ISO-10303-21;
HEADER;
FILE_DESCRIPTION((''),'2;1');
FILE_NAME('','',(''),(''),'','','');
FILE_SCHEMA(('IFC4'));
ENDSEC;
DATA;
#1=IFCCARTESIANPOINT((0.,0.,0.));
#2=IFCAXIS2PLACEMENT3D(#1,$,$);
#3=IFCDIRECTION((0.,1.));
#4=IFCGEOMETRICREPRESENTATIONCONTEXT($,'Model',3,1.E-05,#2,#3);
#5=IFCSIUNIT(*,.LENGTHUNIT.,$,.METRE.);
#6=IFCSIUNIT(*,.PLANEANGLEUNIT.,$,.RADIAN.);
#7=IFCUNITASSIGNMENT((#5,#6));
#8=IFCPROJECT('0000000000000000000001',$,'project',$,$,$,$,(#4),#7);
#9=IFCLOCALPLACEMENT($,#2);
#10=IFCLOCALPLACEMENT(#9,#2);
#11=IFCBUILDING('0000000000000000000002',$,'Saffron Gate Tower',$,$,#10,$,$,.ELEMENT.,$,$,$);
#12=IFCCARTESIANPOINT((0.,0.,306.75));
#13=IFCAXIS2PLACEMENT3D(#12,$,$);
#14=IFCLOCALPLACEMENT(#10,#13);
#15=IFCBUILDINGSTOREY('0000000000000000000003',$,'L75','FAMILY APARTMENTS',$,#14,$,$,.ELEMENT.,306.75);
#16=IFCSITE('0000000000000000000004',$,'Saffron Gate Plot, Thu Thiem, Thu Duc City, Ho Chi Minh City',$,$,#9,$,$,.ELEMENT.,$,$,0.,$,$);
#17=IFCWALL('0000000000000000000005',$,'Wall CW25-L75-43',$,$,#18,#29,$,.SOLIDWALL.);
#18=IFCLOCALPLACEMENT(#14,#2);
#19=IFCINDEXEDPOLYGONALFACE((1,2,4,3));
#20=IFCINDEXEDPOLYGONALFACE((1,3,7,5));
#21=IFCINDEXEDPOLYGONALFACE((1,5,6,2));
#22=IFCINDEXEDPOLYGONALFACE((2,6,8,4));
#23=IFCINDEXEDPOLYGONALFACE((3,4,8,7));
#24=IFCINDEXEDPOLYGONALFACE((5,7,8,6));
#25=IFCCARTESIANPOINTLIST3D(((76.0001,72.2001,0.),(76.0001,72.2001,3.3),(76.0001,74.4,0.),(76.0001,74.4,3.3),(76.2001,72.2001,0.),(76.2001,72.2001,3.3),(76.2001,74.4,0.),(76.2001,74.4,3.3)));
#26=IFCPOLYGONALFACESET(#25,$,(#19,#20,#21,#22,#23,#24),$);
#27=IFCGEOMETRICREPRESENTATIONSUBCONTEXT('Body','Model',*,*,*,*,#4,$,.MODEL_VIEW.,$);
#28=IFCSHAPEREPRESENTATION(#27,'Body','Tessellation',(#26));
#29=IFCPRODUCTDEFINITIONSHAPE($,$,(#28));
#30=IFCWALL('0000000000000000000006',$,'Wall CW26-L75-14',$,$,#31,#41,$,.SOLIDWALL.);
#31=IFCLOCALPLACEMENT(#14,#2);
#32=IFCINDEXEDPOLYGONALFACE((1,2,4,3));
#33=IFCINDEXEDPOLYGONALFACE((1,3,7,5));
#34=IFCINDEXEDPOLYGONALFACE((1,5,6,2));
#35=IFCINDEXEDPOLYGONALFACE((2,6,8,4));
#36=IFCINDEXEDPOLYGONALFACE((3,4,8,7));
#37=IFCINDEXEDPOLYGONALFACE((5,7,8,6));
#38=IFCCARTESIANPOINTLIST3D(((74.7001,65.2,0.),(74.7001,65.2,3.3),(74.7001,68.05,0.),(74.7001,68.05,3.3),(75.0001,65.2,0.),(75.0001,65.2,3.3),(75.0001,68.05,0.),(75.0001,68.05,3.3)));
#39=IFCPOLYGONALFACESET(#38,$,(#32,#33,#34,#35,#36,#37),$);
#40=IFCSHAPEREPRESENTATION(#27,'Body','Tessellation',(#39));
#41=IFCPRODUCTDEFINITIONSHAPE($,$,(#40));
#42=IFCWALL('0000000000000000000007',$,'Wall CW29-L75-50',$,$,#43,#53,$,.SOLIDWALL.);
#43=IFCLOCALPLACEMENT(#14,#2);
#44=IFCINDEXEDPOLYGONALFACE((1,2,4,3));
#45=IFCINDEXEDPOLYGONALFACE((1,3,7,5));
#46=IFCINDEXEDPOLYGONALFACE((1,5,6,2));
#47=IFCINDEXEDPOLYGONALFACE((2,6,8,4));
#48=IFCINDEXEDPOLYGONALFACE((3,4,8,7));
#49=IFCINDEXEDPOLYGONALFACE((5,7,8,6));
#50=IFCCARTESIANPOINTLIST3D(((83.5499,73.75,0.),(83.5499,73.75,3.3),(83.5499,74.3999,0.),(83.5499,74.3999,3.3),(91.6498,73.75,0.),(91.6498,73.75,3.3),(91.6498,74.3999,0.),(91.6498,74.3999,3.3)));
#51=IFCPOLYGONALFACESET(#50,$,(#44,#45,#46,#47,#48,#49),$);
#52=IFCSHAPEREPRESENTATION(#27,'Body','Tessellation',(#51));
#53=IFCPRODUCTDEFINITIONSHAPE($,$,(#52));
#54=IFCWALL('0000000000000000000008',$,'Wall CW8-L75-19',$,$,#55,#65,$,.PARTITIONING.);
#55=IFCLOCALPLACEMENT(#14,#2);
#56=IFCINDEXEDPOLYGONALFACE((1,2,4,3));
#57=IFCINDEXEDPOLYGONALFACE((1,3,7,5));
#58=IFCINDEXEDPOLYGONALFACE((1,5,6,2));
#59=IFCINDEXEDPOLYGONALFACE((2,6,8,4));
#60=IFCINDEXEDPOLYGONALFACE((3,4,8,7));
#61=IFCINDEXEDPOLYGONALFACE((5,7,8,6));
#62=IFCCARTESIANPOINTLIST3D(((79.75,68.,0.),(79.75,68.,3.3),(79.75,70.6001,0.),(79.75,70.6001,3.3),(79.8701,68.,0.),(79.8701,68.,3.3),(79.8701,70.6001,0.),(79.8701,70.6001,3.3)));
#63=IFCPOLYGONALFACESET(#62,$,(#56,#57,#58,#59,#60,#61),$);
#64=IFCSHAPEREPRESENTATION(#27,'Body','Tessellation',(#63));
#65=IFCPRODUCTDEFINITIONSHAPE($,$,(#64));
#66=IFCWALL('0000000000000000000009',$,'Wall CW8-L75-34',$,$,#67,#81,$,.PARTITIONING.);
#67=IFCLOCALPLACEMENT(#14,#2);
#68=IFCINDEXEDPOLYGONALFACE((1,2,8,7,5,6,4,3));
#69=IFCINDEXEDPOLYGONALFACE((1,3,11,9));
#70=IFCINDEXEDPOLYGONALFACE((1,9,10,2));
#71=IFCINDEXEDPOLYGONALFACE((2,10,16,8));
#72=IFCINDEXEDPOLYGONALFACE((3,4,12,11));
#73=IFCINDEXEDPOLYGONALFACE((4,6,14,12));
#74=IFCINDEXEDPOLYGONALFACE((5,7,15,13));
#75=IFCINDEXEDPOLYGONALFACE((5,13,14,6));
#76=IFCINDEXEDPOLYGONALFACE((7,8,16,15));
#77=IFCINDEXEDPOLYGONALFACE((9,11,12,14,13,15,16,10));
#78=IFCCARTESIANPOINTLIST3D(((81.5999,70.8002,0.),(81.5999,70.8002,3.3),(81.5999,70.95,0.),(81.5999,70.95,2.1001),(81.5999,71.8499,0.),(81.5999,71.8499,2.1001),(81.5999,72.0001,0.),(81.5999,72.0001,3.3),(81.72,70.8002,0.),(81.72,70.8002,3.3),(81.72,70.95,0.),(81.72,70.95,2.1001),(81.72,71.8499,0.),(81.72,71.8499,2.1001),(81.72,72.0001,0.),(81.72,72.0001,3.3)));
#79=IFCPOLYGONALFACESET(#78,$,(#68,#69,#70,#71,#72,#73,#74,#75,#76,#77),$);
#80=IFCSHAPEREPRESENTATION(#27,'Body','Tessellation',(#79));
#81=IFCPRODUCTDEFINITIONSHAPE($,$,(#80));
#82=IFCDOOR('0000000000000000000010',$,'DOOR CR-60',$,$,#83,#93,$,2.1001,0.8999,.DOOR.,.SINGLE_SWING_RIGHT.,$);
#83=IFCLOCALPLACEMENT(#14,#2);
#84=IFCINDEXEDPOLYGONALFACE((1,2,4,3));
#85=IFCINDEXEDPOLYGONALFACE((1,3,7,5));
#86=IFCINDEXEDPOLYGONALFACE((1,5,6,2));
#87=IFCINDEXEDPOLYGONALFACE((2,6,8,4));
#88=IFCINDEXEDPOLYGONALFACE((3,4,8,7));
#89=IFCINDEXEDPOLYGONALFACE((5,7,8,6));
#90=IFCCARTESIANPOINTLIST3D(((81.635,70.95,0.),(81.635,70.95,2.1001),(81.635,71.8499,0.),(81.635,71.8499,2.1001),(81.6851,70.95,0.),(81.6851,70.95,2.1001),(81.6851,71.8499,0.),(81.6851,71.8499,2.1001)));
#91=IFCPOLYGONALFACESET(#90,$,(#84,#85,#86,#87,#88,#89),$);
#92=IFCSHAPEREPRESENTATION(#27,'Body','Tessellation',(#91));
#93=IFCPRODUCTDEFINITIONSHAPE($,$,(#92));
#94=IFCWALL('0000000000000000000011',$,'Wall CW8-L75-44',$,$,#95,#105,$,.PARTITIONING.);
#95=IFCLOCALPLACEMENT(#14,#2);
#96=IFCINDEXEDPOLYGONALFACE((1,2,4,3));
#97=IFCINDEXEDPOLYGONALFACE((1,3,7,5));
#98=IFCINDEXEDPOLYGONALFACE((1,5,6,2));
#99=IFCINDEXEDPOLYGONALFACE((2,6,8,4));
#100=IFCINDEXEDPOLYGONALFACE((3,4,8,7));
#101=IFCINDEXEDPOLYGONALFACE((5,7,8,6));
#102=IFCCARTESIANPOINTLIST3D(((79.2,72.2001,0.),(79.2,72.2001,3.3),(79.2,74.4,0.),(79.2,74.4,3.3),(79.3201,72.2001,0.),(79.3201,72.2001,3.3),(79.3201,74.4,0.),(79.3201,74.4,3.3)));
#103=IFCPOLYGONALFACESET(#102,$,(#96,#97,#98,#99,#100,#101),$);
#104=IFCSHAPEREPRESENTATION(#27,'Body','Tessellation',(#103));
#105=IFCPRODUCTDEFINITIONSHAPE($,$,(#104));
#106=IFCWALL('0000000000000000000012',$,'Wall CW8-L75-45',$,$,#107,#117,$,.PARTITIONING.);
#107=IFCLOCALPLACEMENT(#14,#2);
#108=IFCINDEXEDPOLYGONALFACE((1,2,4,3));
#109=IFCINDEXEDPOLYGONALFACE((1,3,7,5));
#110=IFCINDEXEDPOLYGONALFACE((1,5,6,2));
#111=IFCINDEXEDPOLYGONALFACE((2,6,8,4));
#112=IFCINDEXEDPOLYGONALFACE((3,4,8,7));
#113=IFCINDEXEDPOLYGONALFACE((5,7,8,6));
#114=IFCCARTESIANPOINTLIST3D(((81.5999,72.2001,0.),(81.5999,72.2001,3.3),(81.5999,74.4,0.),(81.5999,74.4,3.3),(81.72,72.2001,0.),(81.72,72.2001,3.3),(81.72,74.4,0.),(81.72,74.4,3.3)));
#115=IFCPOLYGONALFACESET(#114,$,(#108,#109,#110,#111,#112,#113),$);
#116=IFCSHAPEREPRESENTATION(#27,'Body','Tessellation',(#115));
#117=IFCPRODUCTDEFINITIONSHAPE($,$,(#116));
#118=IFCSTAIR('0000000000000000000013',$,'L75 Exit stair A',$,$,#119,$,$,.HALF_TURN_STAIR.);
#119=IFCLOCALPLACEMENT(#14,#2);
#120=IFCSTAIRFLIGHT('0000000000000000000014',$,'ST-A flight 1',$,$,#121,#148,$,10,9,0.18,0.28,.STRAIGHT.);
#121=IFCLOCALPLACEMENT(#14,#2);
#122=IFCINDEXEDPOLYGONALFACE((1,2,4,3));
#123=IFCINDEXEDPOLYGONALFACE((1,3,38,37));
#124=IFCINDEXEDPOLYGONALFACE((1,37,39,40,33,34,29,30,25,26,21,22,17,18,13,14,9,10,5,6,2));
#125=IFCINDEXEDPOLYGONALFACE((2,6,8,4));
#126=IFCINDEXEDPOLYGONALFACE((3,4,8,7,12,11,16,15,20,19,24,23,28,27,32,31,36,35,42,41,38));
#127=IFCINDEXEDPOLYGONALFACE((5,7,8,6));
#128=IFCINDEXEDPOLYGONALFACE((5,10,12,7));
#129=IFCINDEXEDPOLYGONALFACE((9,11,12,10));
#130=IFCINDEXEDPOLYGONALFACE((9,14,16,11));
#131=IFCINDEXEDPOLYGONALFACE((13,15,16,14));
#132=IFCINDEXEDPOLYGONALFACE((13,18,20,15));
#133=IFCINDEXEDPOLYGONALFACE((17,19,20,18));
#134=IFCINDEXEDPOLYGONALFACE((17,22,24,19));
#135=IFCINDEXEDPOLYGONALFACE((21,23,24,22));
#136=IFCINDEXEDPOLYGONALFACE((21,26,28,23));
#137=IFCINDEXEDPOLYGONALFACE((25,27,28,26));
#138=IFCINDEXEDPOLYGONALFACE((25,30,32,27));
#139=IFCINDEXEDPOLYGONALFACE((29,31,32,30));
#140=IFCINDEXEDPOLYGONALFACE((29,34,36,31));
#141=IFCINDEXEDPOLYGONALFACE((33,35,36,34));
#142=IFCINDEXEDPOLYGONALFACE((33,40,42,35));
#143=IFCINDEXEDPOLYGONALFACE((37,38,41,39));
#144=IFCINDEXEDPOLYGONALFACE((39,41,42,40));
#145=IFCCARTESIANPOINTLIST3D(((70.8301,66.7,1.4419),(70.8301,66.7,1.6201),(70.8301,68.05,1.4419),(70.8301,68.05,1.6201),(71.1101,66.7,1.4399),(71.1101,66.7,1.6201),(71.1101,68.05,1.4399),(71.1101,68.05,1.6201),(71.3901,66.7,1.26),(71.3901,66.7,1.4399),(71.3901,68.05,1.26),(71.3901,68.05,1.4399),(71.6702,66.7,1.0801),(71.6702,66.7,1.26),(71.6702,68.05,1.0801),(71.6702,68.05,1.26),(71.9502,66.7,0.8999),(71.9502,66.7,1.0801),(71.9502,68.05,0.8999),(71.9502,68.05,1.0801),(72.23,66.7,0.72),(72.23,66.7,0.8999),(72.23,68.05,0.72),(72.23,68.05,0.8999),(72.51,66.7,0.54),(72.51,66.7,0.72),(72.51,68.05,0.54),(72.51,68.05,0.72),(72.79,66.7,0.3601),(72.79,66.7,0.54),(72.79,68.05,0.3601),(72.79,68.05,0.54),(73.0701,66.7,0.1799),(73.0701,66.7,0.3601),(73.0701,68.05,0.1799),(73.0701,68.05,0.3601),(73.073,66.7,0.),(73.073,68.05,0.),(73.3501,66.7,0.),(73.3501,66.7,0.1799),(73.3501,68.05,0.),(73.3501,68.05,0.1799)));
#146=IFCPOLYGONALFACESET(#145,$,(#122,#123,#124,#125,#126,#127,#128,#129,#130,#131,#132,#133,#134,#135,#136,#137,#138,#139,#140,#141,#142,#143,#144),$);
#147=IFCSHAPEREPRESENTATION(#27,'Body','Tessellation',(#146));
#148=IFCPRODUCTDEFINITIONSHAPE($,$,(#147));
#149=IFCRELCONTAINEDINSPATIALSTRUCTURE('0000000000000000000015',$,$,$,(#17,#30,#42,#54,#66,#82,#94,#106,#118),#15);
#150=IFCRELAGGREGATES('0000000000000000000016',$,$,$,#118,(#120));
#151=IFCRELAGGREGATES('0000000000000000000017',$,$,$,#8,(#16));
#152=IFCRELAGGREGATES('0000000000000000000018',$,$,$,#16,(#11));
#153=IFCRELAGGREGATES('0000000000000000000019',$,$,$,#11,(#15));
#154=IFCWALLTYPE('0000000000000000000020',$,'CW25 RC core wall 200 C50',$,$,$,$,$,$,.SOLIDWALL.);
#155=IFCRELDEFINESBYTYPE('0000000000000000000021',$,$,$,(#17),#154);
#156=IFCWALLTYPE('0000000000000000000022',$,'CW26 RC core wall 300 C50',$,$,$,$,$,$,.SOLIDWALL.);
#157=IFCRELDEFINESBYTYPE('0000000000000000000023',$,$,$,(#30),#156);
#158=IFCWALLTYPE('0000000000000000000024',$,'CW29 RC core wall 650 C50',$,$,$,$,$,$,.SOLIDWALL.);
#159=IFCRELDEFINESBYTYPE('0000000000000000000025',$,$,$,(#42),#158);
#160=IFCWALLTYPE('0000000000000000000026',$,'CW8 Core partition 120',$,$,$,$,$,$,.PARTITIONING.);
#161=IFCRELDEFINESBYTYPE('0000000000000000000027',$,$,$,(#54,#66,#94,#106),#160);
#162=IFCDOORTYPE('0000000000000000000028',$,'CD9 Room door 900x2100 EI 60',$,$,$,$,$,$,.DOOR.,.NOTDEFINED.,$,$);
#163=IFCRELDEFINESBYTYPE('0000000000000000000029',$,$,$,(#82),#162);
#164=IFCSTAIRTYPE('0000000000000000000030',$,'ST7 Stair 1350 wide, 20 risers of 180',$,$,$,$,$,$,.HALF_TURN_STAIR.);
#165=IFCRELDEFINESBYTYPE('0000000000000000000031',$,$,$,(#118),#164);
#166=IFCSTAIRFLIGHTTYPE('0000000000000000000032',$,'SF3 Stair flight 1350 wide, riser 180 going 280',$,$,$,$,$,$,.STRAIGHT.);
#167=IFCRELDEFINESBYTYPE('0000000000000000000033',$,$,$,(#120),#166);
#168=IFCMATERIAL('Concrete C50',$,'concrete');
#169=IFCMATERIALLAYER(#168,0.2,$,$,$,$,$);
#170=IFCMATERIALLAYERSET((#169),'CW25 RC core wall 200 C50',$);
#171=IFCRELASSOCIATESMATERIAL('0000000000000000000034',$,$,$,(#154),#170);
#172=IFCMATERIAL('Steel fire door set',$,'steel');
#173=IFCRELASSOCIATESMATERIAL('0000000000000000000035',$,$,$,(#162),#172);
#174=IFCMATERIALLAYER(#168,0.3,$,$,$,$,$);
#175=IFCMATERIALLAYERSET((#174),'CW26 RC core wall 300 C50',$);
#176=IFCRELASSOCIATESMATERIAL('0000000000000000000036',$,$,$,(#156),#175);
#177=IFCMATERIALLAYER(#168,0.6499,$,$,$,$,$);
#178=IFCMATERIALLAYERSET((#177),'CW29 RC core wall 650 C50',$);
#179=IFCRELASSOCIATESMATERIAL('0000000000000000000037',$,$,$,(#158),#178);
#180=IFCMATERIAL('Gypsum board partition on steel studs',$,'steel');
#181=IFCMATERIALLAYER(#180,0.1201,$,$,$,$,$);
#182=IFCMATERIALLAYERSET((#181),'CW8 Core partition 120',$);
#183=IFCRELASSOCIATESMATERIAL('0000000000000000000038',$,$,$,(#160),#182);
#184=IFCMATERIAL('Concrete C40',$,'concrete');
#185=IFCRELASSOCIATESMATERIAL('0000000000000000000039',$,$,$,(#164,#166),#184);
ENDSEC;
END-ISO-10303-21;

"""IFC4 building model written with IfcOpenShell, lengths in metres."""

from ifc_helpers import new_model, si_unit, direction, frame, frame_2d, origin, place, context, subcontext, project, spatial, polyline, rectangle, outline, extrude, material, layer, layer_set, type_object, element, fill, aggregate, save


model = new_model("IFC4")

# Units and contexts
model_context = context("Model", 3, precision=1e-05, world=origin(), true_north=direction((0.0, 1.0)))
body_context = subcontext(model_context, "Body", "Model", "MODEL_VIEW")
ifc_project = project(units=[si_unit("LENGTHUNIT", "METRE"), si_unit("PLANEANGLEUNIT", "RADIAN")], contexts=[model_context])

# Site, building, storey
site_placement = place(None, origin())
site = spatial("IfcSite", under=ifc_project, at=site_placement, Name="Saffron Gate Plot, Thu Thiem, Thu Duc City, Ho Chi Minh City", CompositionType="ELEMENT", RefElevation=0.0)
building_placement = place(site_placement, origin())
building = spatial("IfcBuilding", under=site, at=building_placement, Name="Saffron Gate Tower", CompositionType="ELEMENT")
storey_placement = place(building_placement, frame((0.0, 0.0, 306.75)))
storey = spatial("IfcBuildingStorey", under=building, at=storey_placement, Name="L75", Description="FAMILY APARTMENTS", CompositionType="ELEMENT", Elevation=306.75)

# Shared definitions
ifc_material_1 = material(Name="Concrete C50", Category="concrete")

# Shared definitions
ifc_layer_1 = layer(ifc_material_1, 0.2)
ifc_layer_set_1 = layer_set([ifc_layer_1], Name="CW25 RC core wall 200 C50")
wall_type_1 = type_object("IfcWallType", Name="CW25 RC core wall 200 C50", PredefinedType="SOLIDWALL", material=ifc_layer_set_1)
ifc_material_2 = material(Name="Steel fire door set", Category="steel")
door_type_1 = type_object("IfcDoorType", Name="CD9 Room door 900x2100 EI 60", OperationType="NOTDEFINED", PredefinedType="DOOR", material=ifc_material_2)

# Walls
wall_1_placement = place(storey_placement, frame((76.1001, 72.2, 0.0), z_axis=(0.0, 0.0, 1.0), x_axis=(0.0, 1.0, 0.0)))
element("IfcWall", 1, at=wall_1_placement, inside=storey, type_object=wall_type_1, Name="Wall CW25-L75-43", PredefinedType="SOLIDWALL", context=body_context, shape_type="SweptSolid", body=[
    extrude(rectangle(XDim=2.2, YDim=0.2, at=frame_2d((1.1001, 0.0))), origin(), (0.0, 0.0, 1.0), 3.3),
])
ifc_layer_2 = layer(ifc_material_1, 0.3)
ifc_layer_set_2 = layer_set([ifc_layer_2], Name="CW26 RC core wall 300 C50")
wall_type_2 = type_object("IfcWallType", Name="CW26 RC core wall 300 C50", PredefinedType="SOLIDWALL", material=ifc_layer_set_2)
wall_2_placement = place(storey_placement, frame((74.8501, 65.2, 0.0), z_axis=(0.0, 0.0, 1.0), x_axis=(0.0, 1.0, 0.0)))
element("IfcWall", 2, at=wall_2_placement, inside=storey, type_object=wall_type_2, Name="Wall CW26-L75-14", PredefinedType="SOLIDWALL", context=body_context, shape_type="SweptSolid", body=[
    extrude(rectangle(XDim=2.8501, YDim=0.3, at=frame_2d((1.425, 0.0))), origin(), (0.0, 0.0, 1.0), 3.3),
])
ifc_layer_3 = layer(ifc_material_1, 0.6499)
ifc_layer_set_3 = layer_set([ifc_layer_3], Name="CW29 RC core wall 650 C50")
wall_type_3 = type_object("IfcWallType", Name="CW29 RC core wall 650 C50", PredefinedType="SOLIDWALL", material=ifc_layer_set_3)
wall_3_placement = place(storey_placement, frame((83.55, 74.075, 0.0), z_axis=(0.0, 0.0, 1.0), x_axis=(1.0, 0.0, 0.0)))
element("IfcWall", 3, at=wall_3_placement, inside=storey, type_object=wall_type_3, Name="Wall CW29-L75-50", PredefinedType="SOLIDWALL", context=body_context, shape_type="SweptSolid", body=[
    extrude(rectangle(XDim=8.0999, YDim=0.6499, at=frame_2d((4.0498, 0.0))), origin(), (0.0, 0.0, 1.0), 3.3),
])
ifc_material_3 = material(Name="Gypsum board partition on steel studs", Category="steel")
ifc_layer_4 = layer(ifc_material_3, 0.1201)
ifc_layer_set_4 = layer_set([ifc_layer_4], Name="CW8 Core partition 120")
wall_type_4 = type_object("IfcWallType", Name="CW8 Core partition 120", PredefinedType="PARTITIONING", material=ifc_layer_set_4)
wall_4_placement = place(storey_placement, frame((79.8101, 68.0, 0.0), z_axis=(0.0, 0.0, 1.0), x_axis=(0.0, 1.0, 0.0)))
element("IfcWall", 4, at=wall_4_placement, inside=storey, type_object=wall_type_4, Name="Wall CW8-L75-19", PredefinedType="PARTITIONING", context=body_context, shape_type="SweptSolid", body=[
    extrude(rectangle(XDim=2.6001, YDim=0.1201, at=frame_2d((1.3, 0.0))), origin(), (0.0, 0.0, 1.0), 3.3),
])

# Wall, opening, door
wall_5_placement = place(storey_placement, frame((81.6599, 70.8, 0.0), z_axis=(0.0, 0.0, 1.0), x_axis=(0.0, 1.0, 0.0)))
wall_5 = element("IfcWall", 5, at=wall_5_placement, inside=storey, type_object=wall_type_4, Name="Wall CW8-L75-34", PredefinedType="PARTITIONING", context=body_context, shape_type="SweptSolid", body=[
    extrude(rectangle(XDim=1.2, YDim=0.1201, at=frame_2d((0.6001, 0.0))), origin(), (0.0, 0.0, 1.0), 3.3),
])
opening_1_placement = place(wall_5_placement, frame((0.1499, 0.0, 0.0)))
opening_1 = element("IfcOpeningElement", 6, at=opening_1_placement, cuts=wall_5, PredefinedType="OPENING", context=body_context, shape_type="SweptSolid", body=[
    extrude(rectangle(XDim=0.8999, YDim=2.1001, at=frame_2d((0.45, 1.05))), frame((0.0, 0.0701, 0.0), z_axis=(0.0, -1.0, 0.0), x_axis=(1.0, 0.0, 0.0)), (0.0, 0.0, 1.0), 0.1401),
])
door_1_placement = place(opening_1_placement, origin())
door_1 = element("IfcDoor", 7, at=door_1_placement, inside=storey, type_object=door_type_1, Name="DOOR CR-60", OperationType="SINGLE_SWING_RIGHT", OverallHeight=2.1001, OverallWidth=0.8999, PredefinedType="DOOR", context=body_context, shape_type="SweptSolid", body=[
    extrude(rectangle(XDim=0.8999, YDim=2.1001, at=frame_2d((0.45, 1.05))), frame((0.0, 0.0249, 0.0), z_axis=(0.0, -1.0, 0.0), x_axis=(1.0, 0.0, 0.0)), (0.0, 0.0, 1.0), 0.05),
])
fill(opening_1, door_1)

# Walls
for number, where, z_axis, x_axis, name in (
    (8, (79.26, 72.2, 0.0), (0.0, 0.0, 1.0), (0.0, 1.0, 0.0), "Wall CW8-L75-44"),
    (9, (81.6599, 72.2, 0.0), (0.0, 0.0, 1.0), (0.0, 1.0, 0.0), "Wall CW8-L75-45"),
):
    element("IfcWall", number, at=place(storey_placement, frame(where, z_axis=z_axis, x_axis=x_axis)), inside=storey, type_object=wall_type_4, Name=name, PredefinedType="PARTITIONING", context=body_context, shape_type="SweptSolid", body=[
        extrude(rectangle(XDim=2.2, YDim=0.1201, at=frame_2d((1.1001, 0.0))), origin(), (0.0, 0.0, 1.0), 3.3),
    ])

# Stair, stair flight
ifc_material_4 = material(Name="Concrete C40", Category="concrete")
stair_type = type_object("IfcStairType", Name="ST7 Stair 1350 wide, 20 risers of 180", PredefinedType="HALF_TURN_STAIR", material=ifc_material_4)
stair_placement = place(storey_placement, origin())
stair = element("IfcStair", 10, at=stair_placement, inside=storey, type_object=stair_type, Name="L75 Exit stair A", PredefinedType="HALF_TURN_STAIR")
stair_flight_type = type_object("IfcStairFlightType", Name="SF3 Stair flight 1350 wide, riser 180 going 280", PredefinedType="STRAIGHT", material=ifc_material_4)
stair_flight_placement = place(storey_placement, frame((73.3501, 67.375, 0.0), z_axis=(0.0, 0.0, 1.0), x_axis=(-1.0, 0.0, 0.0)))
stair_flight = element("IfcStairFlight", 11, at=stair_flight_placement, type_object=stair_flight_type, Name="ST-A flight 1", NumberOfRisers=10, NumberOfTreads=9, PredefinedType="STRAIGHT", RiserHeight=0.18, TreadLength=0.28, context=body_context, shape_type="SweptSolid", body=[
    extrude(outline(polyline([(0.0, 0.0), (0.0, 0.1799), (0.28, 0.1799), (0.28, 0.3601), (0.5601, 0.3601), (0.5601, 0.54), (0.8401, 0.54), (0.8401, 0.72), (1.1201, 0.72), (1.1201, 0.8999), (1.3999, 0.8999), (1.3999, 1.0801), (1.6799, 1.0801), (1.6799, 1.26), (1.96, 1.26), (1.96, 1.4399), (2.24, 1.4399), (2.24, 1.6201), (2.52, 1.6201), (2.52, 1.8), (2.52, 1.4419), (0.2771, 0.0), (0.0, 0.0)])), frame((0.0, 0.675, 0.0), z_axis=(0.0, -1.0, 0.0), x_axis=(1.0, 0.0, 0.0)), (0.0, 0.0, 1.0), 1.3501),
])
aggregate(stair, [stair_flight])

save(model, "model.ifc")
